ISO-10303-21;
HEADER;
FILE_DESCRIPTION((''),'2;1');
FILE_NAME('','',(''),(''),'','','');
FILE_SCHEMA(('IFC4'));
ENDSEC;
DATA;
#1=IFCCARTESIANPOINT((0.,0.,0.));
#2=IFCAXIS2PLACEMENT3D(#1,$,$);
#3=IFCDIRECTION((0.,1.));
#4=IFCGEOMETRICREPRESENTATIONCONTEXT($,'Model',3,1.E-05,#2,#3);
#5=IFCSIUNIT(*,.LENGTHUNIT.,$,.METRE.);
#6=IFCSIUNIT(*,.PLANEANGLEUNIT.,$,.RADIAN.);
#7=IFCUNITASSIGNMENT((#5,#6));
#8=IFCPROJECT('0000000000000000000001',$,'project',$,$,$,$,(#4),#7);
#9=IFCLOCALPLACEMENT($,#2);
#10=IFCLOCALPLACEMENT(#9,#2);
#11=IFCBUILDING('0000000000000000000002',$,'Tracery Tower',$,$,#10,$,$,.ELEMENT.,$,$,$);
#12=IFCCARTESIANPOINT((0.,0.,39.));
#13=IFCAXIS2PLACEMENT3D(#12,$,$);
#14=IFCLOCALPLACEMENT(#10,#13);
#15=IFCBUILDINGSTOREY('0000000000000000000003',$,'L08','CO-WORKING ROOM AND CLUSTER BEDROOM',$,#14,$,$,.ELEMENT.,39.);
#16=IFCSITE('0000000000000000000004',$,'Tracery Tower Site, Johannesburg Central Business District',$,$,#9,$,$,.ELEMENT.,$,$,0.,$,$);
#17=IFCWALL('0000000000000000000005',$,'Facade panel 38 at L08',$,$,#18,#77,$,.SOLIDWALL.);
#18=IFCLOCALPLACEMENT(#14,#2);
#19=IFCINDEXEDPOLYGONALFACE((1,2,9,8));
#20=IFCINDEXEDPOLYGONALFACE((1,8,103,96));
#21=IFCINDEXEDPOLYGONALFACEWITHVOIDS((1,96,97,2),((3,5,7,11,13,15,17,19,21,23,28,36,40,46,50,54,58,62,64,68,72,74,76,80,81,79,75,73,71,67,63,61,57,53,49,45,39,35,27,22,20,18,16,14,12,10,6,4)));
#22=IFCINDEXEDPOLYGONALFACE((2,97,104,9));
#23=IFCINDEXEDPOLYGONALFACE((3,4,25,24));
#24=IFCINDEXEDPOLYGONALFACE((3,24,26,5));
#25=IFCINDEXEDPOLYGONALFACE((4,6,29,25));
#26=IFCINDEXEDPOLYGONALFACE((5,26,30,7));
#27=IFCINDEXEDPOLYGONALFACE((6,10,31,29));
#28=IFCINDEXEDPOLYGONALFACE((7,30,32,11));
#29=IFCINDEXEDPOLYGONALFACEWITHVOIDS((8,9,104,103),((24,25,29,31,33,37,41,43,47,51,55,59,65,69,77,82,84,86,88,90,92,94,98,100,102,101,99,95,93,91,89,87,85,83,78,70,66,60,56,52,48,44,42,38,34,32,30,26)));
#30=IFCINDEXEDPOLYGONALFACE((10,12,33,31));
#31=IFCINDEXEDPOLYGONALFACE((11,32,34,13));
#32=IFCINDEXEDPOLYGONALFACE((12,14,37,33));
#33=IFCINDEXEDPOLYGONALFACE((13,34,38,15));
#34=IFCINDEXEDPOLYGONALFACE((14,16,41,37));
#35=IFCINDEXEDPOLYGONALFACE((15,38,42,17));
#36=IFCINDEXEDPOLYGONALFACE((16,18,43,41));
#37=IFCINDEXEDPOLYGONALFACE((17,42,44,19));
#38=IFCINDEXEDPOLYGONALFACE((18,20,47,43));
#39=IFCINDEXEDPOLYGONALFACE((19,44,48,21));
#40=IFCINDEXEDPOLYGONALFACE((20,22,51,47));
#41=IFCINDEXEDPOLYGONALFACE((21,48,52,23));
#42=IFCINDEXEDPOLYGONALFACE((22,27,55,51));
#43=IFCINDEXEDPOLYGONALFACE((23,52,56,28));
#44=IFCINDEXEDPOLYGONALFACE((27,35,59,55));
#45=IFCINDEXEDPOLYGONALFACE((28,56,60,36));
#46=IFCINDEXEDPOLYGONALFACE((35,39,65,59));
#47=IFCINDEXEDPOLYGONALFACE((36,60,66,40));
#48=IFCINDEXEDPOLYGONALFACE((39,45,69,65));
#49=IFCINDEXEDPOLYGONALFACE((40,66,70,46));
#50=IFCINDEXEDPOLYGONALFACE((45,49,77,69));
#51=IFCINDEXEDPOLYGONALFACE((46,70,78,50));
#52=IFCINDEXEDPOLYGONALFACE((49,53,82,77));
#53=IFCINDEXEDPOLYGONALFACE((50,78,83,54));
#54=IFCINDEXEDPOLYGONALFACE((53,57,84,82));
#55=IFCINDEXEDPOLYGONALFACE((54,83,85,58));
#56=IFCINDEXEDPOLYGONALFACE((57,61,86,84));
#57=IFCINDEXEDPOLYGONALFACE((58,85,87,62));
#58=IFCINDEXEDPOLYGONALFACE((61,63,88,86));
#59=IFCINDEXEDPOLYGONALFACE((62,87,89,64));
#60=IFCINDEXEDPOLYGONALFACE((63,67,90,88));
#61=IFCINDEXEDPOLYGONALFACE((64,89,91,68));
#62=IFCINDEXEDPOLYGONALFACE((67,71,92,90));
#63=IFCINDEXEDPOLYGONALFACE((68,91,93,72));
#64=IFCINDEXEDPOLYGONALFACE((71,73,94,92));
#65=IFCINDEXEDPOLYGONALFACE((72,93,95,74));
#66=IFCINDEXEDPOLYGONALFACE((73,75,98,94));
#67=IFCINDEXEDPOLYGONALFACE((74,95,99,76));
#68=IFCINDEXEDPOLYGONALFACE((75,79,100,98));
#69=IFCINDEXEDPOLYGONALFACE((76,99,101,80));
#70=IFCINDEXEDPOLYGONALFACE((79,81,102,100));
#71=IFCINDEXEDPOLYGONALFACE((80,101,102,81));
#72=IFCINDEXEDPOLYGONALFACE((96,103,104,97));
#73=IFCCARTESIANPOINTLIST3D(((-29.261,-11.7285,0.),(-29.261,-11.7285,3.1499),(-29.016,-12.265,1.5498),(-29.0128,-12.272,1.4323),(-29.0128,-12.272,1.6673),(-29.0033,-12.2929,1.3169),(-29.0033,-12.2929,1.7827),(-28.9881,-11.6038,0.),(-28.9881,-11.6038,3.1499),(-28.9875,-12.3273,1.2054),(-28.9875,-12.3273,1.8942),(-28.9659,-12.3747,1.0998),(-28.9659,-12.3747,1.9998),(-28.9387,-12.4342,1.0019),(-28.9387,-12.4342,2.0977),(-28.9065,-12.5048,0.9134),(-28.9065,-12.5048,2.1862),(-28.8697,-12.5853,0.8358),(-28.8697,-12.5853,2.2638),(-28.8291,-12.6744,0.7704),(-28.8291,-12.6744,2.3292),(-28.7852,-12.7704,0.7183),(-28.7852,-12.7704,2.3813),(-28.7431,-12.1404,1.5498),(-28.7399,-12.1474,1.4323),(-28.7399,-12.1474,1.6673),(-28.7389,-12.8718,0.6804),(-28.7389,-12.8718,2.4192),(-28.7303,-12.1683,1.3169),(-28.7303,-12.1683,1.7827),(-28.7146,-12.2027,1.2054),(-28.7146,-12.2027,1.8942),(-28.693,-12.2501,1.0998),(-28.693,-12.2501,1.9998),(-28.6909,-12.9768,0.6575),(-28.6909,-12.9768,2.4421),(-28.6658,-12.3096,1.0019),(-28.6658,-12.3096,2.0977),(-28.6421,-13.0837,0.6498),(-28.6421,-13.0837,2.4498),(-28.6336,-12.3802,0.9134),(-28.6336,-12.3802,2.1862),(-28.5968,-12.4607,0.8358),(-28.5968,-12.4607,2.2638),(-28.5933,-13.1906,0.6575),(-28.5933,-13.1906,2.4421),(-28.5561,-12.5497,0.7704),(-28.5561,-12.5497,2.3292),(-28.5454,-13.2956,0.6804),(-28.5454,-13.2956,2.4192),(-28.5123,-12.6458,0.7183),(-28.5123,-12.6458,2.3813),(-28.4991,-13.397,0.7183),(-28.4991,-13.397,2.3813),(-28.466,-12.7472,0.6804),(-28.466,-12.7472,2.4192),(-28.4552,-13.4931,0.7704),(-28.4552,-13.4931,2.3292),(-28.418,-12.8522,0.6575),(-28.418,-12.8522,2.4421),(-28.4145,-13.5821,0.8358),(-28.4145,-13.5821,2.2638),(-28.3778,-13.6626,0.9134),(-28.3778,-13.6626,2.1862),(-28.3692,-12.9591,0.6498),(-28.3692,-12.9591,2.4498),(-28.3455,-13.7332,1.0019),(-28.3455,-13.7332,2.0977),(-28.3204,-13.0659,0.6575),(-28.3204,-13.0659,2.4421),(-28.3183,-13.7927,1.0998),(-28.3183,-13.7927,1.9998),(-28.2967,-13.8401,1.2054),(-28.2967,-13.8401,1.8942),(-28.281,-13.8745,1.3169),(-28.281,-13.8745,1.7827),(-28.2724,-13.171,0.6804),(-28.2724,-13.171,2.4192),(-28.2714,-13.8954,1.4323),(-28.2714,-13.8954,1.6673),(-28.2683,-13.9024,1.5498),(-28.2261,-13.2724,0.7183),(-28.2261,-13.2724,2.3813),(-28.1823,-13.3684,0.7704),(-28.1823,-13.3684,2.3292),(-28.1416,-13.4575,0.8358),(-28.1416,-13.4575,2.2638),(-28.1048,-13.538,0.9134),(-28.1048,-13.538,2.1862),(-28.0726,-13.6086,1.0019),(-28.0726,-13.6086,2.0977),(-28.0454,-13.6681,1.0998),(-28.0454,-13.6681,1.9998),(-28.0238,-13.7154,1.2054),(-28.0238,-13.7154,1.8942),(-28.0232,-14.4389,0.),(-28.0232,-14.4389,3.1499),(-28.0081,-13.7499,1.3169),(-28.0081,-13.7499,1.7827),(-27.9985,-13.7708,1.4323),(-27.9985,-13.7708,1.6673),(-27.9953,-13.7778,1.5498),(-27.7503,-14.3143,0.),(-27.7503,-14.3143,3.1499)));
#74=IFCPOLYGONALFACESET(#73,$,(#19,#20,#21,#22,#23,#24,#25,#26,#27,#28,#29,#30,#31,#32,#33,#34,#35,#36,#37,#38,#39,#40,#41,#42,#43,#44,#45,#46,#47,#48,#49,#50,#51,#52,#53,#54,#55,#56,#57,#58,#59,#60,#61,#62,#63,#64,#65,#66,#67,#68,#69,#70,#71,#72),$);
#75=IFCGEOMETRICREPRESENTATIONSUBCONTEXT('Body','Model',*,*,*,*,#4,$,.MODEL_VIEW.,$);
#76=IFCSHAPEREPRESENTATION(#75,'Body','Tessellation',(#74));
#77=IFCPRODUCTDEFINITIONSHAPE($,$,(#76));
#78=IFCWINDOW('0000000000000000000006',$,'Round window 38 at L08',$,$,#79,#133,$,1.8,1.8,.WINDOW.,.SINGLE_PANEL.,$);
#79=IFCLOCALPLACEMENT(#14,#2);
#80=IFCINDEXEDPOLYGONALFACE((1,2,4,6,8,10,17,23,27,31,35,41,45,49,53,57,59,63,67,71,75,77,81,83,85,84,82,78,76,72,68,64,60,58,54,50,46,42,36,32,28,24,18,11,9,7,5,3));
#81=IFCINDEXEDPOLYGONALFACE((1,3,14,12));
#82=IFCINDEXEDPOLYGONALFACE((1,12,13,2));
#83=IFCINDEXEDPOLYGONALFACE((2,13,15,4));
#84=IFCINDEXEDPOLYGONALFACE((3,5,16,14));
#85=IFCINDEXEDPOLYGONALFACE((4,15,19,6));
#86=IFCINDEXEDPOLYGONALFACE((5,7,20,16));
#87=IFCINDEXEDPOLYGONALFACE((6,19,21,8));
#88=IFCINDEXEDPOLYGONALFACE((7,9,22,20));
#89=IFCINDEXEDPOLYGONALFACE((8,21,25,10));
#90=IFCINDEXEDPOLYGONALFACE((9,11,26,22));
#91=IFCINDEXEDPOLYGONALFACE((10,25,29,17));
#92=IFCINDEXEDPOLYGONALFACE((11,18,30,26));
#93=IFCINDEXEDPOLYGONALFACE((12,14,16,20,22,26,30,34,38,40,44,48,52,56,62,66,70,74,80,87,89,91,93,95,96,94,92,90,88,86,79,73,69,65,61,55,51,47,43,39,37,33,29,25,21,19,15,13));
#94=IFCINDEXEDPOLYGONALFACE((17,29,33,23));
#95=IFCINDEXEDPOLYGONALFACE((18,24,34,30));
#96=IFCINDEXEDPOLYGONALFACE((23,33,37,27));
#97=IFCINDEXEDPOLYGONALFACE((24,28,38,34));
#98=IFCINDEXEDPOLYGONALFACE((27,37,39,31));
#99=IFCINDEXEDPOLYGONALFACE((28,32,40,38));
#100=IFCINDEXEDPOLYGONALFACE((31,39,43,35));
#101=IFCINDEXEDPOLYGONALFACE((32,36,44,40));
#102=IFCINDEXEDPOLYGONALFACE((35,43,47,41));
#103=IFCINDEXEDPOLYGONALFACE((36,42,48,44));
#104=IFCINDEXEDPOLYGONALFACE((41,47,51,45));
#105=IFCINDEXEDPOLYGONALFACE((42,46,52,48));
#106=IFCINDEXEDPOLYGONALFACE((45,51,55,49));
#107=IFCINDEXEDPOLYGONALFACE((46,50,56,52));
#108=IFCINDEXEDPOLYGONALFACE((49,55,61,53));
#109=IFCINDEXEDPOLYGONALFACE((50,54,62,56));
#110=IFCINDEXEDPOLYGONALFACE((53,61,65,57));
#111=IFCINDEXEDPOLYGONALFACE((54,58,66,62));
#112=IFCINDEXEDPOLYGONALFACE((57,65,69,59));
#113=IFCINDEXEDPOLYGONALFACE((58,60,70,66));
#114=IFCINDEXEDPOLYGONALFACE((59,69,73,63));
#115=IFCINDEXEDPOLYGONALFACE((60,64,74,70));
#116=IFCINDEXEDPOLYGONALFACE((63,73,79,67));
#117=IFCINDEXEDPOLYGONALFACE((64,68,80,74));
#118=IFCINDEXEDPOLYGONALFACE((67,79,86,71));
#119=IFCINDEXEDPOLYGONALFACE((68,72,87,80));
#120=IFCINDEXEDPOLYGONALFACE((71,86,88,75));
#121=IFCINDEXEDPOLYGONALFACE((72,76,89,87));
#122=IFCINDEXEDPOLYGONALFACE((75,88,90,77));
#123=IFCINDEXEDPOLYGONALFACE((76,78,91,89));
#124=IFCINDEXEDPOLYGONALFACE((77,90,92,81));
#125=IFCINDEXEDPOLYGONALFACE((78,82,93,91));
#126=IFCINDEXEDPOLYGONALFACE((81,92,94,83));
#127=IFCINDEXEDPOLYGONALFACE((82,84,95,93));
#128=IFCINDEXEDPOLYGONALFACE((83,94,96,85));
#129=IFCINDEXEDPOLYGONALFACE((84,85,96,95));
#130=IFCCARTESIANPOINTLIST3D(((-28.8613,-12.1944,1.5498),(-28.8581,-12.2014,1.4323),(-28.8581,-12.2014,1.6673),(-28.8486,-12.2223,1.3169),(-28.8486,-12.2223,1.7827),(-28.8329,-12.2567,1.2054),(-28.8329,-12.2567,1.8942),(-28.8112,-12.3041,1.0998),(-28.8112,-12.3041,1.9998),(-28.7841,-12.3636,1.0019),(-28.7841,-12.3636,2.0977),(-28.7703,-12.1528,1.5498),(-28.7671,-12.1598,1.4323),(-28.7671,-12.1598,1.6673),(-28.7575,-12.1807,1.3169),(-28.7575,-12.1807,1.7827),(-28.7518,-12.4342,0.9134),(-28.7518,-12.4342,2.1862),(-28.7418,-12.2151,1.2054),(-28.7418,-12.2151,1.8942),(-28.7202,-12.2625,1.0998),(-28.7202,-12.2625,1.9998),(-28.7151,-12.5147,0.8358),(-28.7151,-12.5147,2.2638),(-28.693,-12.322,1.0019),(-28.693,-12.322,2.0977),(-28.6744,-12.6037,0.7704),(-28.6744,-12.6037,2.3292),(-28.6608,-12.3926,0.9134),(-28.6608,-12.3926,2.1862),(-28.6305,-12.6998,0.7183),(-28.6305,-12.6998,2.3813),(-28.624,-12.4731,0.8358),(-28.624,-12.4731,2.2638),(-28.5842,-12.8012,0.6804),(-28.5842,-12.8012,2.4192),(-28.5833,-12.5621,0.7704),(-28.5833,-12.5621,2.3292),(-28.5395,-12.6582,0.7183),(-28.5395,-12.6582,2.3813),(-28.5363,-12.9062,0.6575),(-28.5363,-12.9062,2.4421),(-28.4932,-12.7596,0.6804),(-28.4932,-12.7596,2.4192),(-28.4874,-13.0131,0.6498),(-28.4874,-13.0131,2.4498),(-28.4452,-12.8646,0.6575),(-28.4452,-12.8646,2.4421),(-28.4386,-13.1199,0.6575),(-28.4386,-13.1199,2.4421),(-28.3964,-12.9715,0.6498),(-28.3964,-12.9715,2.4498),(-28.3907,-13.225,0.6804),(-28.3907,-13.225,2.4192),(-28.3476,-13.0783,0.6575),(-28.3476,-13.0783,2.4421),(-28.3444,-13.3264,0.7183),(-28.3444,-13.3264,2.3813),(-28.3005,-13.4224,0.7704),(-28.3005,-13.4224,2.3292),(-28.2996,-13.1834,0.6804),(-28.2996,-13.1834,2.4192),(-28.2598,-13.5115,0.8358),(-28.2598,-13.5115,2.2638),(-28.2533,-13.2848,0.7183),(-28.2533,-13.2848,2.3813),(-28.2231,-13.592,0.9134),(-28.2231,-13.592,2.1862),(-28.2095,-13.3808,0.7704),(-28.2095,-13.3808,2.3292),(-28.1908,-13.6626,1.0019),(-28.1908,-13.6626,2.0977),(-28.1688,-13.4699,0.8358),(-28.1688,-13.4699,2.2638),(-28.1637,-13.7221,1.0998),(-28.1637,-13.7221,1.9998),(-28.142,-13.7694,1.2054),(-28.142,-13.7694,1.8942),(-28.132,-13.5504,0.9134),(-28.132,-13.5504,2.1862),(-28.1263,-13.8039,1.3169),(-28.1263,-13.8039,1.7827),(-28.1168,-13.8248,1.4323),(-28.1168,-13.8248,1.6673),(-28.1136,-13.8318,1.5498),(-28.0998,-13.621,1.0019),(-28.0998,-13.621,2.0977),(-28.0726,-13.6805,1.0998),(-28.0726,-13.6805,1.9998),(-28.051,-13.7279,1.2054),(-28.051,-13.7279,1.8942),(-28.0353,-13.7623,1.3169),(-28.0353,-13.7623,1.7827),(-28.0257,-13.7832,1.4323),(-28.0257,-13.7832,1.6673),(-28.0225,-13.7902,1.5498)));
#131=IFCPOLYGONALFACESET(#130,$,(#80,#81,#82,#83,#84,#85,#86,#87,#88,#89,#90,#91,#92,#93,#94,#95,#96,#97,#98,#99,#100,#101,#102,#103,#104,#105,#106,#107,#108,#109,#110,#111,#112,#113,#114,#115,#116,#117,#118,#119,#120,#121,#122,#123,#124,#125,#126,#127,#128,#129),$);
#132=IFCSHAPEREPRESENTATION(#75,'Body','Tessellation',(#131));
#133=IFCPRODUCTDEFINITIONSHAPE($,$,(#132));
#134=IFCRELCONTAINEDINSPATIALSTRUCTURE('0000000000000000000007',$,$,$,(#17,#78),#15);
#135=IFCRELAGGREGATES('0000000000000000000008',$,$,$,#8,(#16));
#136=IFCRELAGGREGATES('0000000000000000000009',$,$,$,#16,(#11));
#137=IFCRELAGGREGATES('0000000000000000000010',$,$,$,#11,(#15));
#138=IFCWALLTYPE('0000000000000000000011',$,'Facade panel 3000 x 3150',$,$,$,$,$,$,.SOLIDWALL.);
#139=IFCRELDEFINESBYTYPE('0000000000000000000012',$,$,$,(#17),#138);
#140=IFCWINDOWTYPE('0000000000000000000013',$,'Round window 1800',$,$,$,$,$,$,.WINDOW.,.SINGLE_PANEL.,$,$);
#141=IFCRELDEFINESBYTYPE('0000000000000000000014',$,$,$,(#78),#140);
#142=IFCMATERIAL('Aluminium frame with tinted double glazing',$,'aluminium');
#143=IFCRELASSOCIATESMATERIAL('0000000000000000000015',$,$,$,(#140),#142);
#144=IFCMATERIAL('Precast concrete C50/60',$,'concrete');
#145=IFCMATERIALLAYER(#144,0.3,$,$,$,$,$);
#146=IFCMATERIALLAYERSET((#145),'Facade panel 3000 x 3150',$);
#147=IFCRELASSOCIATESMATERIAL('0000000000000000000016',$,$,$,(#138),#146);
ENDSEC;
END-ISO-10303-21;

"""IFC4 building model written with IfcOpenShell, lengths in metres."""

from ifc_helpers import new_model, si_unit, direction, frame, frame_2d, origin, origin_2d, place, context, subcontext, project, spatial, rectangle, circle, extrude, material, layer, layer_set, type_object, element, fill, save


model = new_model("IFC4")

# Units and contexts
model_context = context("Model", 3, precision=1e-05, world=origin(), true_north=direction((0.0, 1.0)))
body_context = subcontext(model_context, "Body", "Model", "MODEL_VIEW")
ifc_project = project(units=[si_unit("LENGTHUNIT", "METRE"), si_unit("PLANEANGLEUNIT", "RADIAN")], contexts=[model_context])

# Site, building, storey
site_placement = place(None, origin())
site = spatial("IfcSite", under=ifc_project, at=site_placement, Name="Tracery Tower Site, Johannesburg Central Business District", CompositionType="ELEMENT", RefElevation=0.0)
building_placement = place(site_placement, origin())
building = spatial("IfcBuilding", under=site, at=building_placement, Name="Tracery Tower", CompositionType="ELEMENT")
storey_placement = place(building_placement, frame((0.0, 0.0, 39.0)))
storey = spatial("IfcBuildingStorey", under=building, at=storey_placement, Name="L08", Description="CO-WORKING ROOM AND CLUSTER BEDROOM", CompositionType="ELEMENT", Elevation=39.0)

# Wall, opening, window
ifc_material_1 = material(Name="Aluminium frame with tinted double glazing", Category="aluminium")
window_type = type_object("IfcWindowType", Name="Round window 1800", PartitioningType="SINGLE_PANEL", PredefinedType="WINDOW", material=ifc_material_1)
ifc_material_2 = material(Name="Precast concrete C50/60", Category="concrete")
ifc_layer_1 = layer(ifc_material_2, 0.3)
ifc_layer_set_1 = layer_set([ifc_layer_1], Name="Facade panel 3000 x 3150")
wall_type_1 = type_object("IfcWallType", Name="Facade panel 3000 x 3150", PredefinedType="SOLIDWALL", material=ifc_layer_set_1)
wall_1_placement = place(storey_placement, frame((-29.1245, -11.6663, 0.0), z_axis=(0.0, 0.0, 1.0), x_axis=(0.415407, -0.909636, 0.0)))
wall_1 = element("IfcWall", 1, at=wall_1_placement, inside=storey, type_object=wall_type_1, Name="Facade panel 38 at L08", PredefinedType="SOLIDWALL", context=body_context, shape_type="SweptSolid", body=[
    extrude(rectangle(XDim=2.9797, YDim=0.3, at=frame_2d((1.4897, 0.0))), origin(), (0.0, 0.0, 1.0), 3.1499),
])
opening_1_placement = place(wall_1_placement, frame((1.4897, 0.0, 1.5498)))
opening_1 = element("IfcOpeningElement", 2, at=opening_1_placement, cuts=wall_1, PredefinedType="OPENING", context=body_context, shape_type="SweptSolid", body=[
    extrude(circle(Radius=0.9, at=origin_2d()), frame((0.0, 0.1599, 0.0), z_axis=(0.0, -1.0, 0.0), x_axis=(1.0, 0.0, 0.0)), (0.0, 0.0, 1.0), 0.3201),
])
window_1_placement = place(opening_1_placement, origin())
window_1 = element("IfcWindow", 3, at=window_1_placement, inside=storey, type_object=window_type, Name="Round window 38 at L08", OverallHeight=1.8, OverallWidth=1.8, PartitioningType="SINGLE_PANEL", PredefinedType="WINDOW", context=body_context, shape_type="SweptSolid", body=[
    extrude(circle(Radius=0.9, at=origin_2d()), frame((0.0, 0.1201, 0.0), z_axis=(0.0, -1.0, 0.0), x_axis=(1.0, 0.0, 0.0)), (0.0, 0.0, 1.0), 0.1001),
])
fill(opening_1, window_1)

save(model, "model.ifc")
